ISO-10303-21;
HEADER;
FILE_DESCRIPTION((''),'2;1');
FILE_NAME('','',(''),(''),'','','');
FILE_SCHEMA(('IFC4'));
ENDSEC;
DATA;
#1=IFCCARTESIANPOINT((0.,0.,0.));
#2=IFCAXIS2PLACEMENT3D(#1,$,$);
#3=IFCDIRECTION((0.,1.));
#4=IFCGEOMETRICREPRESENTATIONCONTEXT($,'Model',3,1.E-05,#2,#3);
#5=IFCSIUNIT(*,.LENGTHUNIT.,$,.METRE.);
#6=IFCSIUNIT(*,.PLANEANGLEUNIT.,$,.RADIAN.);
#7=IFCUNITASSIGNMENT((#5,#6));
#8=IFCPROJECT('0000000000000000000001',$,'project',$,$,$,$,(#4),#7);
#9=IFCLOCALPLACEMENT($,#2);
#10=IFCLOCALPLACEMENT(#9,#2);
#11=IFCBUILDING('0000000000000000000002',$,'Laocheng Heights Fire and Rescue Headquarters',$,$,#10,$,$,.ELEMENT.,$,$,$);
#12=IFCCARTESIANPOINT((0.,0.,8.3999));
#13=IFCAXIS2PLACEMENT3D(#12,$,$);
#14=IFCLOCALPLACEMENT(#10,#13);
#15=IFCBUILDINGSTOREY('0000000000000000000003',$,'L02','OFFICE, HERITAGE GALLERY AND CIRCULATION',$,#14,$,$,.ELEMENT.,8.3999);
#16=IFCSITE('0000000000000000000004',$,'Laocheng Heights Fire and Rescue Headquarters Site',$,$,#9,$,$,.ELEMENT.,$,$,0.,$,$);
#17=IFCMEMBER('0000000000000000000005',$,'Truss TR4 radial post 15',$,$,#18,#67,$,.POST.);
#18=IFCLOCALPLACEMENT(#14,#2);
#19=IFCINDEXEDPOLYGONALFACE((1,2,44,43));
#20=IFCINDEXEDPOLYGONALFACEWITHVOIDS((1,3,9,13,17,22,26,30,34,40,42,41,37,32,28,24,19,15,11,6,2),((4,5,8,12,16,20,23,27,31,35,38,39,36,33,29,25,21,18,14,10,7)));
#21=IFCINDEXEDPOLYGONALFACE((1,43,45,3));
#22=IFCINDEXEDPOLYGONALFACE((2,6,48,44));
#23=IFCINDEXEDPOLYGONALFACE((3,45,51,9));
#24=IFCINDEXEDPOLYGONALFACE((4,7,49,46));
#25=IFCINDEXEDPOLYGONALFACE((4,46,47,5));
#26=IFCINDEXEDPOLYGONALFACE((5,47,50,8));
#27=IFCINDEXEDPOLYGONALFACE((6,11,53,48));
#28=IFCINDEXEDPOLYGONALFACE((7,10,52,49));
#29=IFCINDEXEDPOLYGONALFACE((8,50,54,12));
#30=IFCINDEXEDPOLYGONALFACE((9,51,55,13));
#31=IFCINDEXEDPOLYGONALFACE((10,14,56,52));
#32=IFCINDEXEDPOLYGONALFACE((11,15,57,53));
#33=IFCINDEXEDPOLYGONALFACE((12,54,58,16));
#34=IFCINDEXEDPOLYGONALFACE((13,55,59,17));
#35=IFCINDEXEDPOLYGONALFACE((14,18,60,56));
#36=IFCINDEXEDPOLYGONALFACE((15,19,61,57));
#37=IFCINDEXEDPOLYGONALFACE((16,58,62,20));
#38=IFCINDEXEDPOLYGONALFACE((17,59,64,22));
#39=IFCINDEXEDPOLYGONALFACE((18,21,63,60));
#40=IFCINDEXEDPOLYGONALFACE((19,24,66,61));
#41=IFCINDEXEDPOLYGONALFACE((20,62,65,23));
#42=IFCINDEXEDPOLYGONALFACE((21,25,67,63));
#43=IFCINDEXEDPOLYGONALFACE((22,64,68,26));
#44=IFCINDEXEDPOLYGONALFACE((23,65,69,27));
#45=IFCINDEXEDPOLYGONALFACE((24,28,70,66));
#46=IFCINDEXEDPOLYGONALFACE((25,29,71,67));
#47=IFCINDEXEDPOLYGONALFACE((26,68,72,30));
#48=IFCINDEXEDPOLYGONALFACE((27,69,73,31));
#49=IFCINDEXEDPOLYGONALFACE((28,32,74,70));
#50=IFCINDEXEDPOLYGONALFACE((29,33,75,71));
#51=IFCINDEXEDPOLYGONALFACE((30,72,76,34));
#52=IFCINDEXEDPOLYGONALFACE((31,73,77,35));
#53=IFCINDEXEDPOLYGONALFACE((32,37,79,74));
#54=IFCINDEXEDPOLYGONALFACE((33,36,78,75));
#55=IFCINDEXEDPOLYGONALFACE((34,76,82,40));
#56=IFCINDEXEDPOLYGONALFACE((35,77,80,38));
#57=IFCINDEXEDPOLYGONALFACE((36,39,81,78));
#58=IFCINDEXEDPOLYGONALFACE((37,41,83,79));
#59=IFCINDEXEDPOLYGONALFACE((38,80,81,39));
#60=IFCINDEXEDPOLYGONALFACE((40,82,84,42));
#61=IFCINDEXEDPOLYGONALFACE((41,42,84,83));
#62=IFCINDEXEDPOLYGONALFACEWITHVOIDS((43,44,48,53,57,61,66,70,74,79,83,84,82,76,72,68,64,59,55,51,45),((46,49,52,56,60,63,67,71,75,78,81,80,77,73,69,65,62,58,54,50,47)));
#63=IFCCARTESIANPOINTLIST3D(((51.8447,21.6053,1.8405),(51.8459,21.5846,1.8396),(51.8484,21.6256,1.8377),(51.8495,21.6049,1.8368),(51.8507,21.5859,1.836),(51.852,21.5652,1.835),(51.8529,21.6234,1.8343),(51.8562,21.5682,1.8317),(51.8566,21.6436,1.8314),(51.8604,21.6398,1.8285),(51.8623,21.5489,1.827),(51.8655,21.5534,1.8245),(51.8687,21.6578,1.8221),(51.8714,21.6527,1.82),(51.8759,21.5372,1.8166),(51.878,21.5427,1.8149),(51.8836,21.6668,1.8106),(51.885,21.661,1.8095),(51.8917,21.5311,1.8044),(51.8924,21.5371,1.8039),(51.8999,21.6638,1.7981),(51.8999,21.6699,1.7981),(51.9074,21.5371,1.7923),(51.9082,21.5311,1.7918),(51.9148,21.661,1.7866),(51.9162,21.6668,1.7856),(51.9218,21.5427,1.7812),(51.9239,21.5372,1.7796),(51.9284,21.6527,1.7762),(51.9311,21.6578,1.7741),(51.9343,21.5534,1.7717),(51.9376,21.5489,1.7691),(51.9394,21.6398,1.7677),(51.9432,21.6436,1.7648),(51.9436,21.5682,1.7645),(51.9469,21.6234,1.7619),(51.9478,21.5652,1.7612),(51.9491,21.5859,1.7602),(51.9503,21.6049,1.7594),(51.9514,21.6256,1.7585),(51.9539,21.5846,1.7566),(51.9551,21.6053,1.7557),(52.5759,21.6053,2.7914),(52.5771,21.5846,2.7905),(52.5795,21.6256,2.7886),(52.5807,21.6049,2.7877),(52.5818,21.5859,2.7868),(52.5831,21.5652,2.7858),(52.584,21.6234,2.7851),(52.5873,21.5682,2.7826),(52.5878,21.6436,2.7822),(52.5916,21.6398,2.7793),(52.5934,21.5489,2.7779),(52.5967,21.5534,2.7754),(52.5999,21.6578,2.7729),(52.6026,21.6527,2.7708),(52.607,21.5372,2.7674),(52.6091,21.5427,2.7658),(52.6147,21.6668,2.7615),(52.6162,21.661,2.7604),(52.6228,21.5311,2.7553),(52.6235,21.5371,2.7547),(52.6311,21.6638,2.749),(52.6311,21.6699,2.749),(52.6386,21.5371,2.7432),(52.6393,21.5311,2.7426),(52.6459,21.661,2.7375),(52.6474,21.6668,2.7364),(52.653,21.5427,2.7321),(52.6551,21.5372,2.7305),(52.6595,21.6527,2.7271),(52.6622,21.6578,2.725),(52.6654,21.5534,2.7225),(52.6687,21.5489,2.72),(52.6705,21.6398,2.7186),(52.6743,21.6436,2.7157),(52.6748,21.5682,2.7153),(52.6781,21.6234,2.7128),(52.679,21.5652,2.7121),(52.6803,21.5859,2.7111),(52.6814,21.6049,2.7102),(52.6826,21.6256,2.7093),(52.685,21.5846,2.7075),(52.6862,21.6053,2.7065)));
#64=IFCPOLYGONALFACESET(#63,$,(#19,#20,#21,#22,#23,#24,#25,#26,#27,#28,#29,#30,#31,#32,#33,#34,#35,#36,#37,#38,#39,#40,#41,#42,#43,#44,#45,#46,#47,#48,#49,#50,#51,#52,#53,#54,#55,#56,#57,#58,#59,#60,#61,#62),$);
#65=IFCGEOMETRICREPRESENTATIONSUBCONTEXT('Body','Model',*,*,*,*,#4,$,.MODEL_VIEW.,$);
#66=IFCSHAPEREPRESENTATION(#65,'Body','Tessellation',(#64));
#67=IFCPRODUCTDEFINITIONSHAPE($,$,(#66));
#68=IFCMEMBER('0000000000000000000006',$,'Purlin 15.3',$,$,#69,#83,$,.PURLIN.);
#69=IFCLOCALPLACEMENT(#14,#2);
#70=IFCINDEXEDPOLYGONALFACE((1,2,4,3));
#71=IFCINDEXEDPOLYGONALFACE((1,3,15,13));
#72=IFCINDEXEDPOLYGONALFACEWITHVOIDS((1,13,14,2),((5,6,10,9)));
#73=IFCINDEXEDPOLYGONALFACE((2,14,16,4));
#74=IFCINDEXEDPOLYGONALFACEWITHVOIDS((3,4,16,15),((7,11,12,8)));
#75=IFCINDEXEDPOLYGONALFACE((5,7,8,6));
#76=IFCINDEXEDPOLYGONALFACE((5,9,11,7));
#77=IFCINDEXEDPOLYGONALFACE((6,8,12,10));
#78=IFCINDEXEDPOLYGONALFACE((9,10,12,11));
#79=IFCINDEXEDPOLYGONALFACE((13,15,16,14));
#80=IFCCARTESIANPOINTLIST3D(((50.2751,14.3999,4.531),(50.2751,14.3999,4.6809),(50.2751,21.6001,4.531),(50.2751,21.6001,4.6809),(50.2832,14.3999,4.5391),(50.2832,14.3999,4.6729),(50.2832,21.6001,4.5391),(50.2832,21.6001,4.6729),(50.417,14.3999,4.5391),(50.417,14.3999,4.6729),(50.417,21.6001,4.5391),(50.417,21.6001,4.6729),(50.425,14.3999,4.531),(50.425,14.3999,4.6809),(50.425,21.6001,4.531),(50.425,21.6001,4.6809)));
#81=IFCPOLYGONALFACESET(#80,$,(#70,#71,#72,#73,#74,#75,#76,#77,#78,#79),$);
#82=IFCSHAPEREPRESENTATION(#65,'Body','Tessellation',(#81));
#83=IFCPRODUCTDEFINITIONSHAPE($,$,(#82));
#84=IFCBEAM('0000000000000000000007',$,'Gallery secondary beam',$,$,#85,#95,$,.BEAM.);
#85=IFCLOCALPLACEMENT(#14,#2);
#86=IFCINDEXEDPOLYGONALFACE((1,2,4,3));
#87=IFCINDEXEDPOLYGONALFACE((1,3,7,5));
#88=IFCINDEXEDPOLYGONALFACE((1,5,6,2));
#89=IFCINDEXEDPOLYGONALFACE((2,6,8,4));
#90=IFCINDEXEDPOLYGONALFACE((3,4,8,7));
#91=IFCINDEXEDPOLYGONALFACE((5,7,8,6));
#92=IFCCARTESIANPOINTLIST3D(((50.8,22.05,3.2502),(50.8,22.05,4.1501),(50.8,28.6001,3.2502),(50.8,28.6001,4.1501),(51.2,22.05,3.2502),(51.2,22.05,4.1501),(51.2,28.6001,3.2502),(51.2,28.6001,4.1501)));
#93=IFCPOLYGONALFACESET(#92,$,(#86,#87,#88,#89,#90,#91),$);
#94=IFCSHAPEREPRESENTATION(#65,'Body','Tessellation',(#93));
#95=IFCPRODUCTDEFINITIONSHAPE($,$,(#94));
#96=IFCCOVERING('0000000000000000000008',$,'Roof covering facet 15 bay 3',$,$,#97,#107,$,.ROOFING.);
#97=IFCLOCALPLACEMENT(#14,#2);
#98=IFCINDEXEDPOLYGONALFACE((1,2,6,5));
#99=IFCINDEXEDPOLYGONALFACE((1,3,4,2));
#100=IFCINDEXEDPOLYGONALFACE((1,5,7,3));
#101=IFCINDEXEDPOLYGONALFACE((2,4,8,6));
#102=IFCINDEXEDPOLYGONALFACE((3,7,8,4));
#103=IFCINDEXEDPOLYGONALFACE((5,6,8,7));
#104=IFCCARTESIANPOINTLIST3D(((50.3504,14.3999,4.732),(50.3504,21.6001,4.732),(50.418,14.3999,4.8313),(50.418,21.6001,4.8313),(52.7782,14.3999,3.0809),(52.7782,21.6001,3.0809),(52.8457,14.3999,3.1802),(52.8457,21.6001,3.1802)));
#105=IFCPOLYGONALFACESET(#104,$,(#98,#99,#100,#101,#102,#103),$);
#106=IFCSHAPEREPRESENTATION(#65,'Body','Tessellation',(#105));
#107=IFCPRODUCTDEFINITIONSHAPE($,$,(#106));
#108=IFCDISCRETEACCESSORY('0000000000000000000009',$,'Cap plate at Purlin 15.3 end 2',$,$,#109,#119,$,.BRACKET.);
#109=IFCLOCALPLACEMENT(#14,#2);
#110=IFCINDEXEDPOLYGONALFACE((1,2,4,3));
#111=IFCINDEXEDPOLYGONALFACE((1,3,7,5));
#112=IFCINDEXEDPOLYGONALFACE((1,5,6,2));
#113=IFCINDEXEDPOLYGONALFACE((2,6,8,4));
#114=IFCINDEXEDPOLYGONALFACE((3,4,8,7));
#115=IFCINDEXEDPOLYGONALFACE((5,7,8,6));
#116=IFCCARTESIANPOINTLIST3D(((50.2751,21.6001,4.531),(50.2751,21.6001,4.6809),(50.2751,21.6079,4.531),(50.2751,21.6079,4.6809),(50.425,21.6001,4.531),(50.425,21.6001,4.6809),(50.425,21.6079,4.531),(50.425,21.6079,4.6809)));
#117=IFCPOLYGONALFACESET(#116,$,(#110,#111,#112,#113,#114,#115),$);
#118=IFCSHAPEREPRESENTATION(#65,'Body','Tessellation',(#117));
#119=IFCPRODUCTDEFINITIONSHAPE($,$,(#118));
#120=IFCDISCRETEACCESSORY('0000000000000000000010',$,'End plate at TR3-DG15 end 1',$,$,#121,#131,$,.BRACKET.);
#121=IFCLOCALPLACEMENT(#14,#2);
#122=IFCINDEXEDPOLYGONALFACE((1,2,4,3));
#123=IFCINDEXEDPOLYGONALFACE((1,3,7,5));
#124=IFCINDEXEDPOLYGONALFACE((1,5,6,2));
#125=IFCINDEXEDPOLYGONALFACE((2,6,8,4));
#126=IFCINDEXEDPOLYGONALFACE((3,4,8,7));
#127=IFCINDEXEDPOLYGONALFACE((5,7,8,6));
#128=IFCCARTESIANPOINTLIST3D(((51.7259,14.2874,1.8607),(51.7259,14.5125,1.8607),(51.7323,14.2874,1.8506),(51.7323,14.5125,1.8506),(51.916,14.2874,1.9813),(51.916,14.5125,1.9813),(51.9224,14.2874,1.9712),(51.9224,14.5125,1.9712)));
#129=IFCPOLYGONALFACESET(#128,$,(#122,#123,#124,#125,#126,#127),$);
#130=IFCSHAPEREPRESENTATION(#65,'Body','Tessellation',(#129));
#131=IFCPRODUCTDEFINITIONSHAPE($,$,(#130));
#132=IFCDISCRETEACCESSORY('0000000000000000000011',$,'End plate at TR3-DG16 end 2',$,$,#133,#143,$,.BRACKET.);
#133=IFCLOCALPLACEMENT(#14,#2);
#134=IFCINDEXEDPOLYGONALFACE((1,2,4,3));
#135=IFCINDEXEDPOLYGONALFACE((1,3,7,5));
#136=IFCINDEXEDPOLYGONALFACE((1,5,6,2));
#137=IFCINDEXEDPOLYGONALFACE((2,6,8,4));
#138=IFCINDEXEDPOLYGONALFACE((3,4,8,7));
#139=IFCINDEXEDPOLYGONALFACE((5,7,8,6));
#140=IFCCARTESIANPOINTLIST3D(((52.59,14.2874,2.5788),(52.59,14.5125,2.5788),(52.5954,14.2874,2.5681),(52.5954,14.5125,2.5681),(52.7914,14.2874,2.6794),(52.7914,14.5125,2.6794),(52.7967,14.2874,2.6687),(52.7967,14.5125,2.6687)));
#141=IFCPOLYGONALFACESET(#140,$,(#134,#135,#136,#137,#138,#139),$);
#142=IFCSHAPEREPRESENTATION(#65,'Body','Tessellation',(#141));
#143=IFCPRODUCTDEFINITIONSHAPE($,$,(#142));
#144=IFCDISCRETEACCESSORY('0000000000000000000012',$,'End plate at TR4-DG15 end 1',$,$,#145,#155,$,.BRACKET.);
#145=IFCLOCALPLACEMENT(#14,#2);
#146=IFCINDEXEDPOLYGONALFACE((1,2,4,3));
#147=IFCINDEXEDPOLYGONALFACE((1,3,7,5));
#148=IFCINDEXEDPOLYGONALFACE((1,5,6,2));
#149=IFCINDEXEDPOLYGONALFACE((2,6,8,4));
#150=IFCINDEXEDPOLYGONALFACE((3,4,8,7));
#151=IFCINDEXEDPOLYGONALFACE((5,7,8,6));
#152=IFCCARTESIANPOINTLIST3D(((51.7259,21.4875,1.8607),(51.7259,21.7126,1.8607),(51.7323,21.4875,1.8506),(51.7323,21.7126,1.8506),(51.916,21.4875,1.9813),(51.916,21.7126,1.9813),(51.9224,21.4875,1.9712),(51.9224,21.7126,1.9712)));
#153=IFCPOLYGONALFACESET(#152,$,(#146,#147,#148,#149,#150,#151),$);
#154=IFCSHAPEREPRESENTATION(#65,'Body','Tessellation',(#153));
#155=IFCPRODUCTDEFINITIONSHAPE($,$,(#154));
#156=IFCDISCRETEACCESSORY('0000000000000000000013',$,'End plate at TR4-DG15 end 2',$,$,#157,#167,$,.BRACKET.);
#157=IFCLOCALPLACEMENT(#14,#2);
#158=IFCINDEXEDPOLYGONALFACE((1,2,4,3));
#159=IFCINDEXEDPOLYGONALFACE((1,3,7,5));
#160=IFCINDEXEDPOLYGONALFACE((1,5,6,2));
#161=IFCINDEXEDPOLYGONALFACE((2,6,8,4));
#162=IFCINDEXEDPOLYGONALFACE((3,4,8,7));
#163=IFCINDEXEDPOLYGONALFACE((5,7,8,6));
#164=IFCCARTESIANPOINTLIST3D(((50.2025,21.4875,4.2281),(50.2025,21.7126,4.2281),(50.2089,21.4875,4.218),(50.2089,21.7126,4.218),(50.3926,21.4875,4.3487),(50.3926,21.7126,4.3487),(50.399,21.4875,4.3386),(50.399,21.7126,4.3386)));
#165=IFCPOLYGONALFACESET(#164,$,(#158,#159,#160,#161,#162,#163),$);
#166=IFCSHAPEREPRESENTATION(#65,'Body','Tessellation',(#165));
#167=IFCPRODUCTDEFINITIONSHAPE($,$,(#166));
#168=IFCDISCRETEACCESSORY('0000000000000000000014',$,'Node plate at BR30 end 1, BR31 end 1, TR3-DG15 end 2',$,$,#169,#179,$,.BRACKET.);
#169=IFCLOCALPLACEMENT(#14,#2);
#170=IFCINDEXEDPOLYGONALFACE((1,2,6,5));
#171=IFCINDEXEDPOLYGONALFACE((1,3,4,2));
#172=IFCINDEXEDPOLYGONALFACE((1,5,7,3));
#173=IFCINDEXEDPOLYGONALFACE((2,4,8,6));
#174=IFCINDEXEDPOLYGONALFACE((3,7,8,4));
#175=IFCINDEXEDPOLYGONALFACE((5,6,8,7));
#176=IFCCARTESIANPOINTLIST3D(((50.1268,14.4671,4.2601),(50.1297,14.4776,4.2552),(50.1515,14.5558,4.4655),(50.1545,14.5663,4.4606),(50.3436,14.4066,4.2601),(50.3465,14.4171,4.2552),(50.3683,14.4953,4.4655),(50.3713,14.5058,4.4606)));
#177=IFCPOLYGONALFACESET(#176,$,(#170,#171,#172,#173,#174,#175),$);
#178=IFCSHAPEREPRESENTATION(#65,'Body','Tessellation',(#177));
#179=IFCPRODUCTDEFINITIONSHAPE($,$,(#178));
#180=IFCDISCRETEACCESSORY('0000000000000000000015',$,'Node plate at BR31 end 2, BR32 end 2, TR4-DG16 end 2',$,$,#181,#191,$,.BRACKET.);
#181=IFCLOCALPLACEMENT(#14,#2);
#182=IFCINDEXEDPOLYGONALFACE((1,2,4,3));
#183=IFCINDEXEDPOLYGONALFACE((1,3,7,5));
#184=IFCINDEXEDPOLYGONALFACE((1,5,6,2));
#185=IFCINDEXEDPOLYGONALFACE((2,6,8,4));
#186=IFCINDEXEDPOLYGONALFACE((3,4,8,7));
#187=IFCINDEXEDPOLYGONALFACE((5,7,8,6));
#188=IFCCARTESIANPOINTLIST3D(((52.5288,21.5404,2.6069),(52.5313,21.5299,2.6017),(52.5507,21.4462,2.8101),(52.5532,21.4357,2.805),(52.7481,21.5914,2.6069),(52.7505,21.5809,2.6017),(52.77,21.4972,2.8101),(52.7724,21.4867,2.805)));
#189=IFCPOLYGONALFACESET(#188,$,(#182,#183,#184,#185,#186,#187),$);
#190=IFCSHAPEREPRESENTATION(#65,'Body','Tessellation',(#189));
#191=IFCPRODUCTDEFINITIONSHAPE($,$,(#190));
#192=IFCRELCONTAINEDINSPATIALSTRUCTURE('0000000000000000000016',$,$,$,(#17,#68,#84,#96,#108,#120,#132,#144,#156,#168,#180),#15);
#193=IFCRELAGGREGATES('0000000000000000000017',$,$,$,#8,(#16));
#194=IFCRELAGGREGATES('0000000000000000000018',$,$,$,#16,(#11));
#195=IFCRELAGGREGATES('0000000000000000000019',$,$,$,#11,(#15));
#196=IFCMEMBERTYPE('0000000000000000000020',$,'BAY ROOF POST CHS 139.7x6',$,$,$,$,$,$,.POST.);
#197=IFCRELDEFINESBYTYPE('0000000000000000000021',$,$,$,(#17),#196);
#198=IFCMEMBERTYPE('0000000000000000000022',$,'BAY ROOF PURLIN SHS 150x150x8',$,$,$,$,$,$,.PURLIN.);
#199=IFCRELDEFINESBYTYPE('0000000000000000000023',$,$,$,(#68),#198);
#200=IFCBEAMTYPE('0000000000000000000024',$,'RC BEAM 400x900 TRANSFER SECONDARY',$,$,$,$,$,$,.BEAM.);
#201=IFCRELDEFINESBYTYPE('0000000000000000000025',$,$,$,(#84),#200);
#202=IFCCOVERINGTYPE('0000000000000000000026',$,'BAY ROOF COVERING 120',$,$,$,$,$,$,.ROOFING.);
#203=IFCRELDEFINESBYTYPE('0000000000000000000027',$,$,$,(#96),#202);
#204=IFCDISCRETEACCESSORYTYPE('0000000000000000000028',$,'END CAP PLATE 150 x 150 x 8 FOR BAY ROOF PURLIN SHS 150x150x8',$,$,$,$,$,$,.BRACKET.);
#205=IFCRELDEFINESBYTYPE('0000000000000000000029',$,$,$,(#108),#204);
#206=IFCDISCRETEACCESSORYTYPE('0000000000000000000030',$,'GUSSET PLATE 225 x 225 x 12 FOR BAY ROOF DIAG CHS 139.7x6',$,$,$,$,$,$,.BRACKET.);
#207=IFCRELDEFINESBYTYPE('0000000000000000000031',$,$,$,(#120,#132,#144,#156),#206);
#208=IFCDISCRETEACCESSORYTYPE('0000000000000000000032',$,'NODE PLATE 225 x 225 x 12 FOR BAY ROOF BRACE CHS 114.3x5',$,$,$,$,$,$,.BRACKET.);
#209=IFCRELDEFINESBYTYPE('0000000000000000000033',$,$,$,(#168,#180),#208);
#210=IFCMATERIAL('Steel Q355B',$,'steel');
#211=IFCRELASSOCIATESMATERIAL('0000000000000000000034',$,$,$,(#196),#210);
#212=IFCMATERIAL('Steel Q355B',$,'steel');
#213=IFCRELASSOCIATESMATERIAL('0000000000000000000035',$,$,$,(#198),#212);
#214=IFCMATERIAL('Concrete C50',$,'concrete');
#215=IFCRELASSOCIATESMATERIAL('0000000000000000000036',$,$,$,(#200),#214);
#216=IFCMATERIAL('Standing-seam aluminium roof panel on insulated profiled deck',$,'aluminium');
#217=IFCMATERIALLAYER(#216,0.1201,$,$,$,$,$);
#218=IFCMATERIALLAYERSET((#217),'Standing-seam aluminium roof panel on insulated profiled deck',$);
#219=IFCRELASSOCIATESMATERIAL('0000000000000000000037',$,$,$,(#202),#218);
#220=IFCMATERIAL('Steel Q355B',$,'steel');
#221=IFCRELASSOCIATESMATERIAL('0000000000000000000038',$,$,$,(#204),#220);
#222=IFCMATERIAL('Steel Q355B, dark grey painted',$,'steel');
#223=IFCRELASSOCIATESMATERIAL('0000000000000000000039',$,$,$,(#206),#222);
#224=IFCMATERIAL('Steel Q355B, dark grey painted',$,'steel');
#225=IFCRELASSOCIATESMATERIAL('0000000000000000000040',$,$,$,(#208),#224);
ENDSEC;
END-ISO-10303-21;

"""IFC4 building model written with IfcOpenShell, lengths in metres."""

from ifc_helpers import new_model, si_unit, direction, frame, origin, origin_2d, place, context, subcontext, project, spatial, polyline, rectangle, hollow_rectangle, hollow_circle, outline, extrude, material, layer, layer_set, material_profile, profile_set, type_object, element, save


model = new_model("IFC4")

# Units and contexts
model_context = context("Model", 3, precision=1e-05, world=origin(), true_north=direction((0.0, 1.0)))
body_context = subcontext(model_context, "Body", "Model", "MODEL_VIEW")
ifc_project = project(units=[si_unit("LENGTHUNIT", "METRE"), si_unit("PLANEANGLEUNIT", "RADIAN")], contexts=[model_context])

# Site, building, storey
site_placement = place(None, origin())
site = spatial("IfcSite", under=ifc_project, at=site_placement, Name="Laocheng Heights Fire and Rescue Headquarters Site", CompositionType="ELEMENT", RefElevation=0.0)
building_placement = place(site_placement, origin())
building = spatial("IfcBuilding", under=site, at=building_placement, Name="Laocheng Heights Fire and Rescue Headquarters", CompositionType="ELEMENT")
storey_placement = place(building_placement, frame((0.0, 0.0, 8.3999)))
storey = spatial("IfcBuildingStorey", under=building, at=storey_placement, Name="L02", Description="OFFICE, HERITAGE GALLERY AND CIRCULATION", CompositionType="ELEMENT", Elevation=8.3999)

# Members
ifc_material_1 = material(Name="Steel Q355B", Category="steel")
ifc_material_profile_1 = material_profile(ifc_material_1, hollow_circle(Radius=0.0698, WallThickness=0.0061, at=origin_2d()), Name="CHS 139.7x6")
ifc_profile_set_1 = profile_set([ifc_material_profile_1], Name="Steel Q355B")
member_type_1 = type_object("IfcMemberType", Name="BAY ROOF POST CHS 139.7x6", PredefinedType="POST", material=ifc_profile_set_1)
member_1_placement = place(storey_placement, frame((51.8999, 21.6001, 1.7981), z_axis=(0.609563, 0.0, 0.792737), x_axis=(0.0, 1.0, 0.0)))
element("IfcMember", 1, at=member_1_placement, inside=storey, type_object=member_type_1, Name="Truss TR4 radial post 15", PredefinedType="POST", context=body_context, shape_type="SweptSolid", body=[
    extrude(hollow_circle(Radius=0.0698, WallThickness=0.0061, at=origin_2d()), origin(), (0.0, 0.0, 1.0), 1.1995),
])
ifc_material_2 = material(Name="Steel Q355B", Category="steel")
ifc_material_profile_2 = material_profile(ifc_material_2, hollow_rectangle(XDim=0.1499, YDim=0.1499, WallThickness=0.0081, at=origin_2d()), Name="SHS 150x150x8")
ifc_profile_set_2 = profile_set([ifc_material_profile_2], Name="Steel Q355B")
member_type_2 = type_object("IfcMemberType", Name="BAY ROOF PURLIN SHS 150x150x8", PredefinedType="PURLIN", material=ifc_profile_set_2)
member_2_placement = place(storey_placement, frame((50.3501, 14.3999, 4.606), z_axis=(0.0, 1.0, 0.0), x_axis=(-1.0, 0.0, 0.0)))
element("IfcMember", 2, at=member_2_placement, inside=storey, type_object=member_type_2, Name="Purlin 15.3", PredefinedType="PURLIN", context=body_context, shape_type="SweptSolid", body=[
    extrude(hollow_rectangle(XDim=0.1499, YDim=0.1499, WallThickness=0.0081, at=origin_2d()), origin(), (0.0, 0.0, 1.0), 7.2002),
])

# Beam
ifc_material_3 = material(Name="Concrete C50", Category="concrete")
ifc_material_profile_3 = material_profile(ifc_material_3, rectangle(XDim=0.3999, YDim=0.8999, at=origin_2d()), Name="RC BEAM 400x900 TRANSFER SECONDARY")
ifc_profile_set_3 = profile_set([ifc_material_profile_3], Name="Concrete C50")
beam_type = type_object("IfcBeamType", Name="RC BEAM 400x900 TRANSFER SECONDARY", PredefinedType="BEAM", material=ifc_profile_set_3)
beam_placement = place(storey_placement, frame((51.0, 22.05, 3.7002), z_axis=(0.0, 1.0, 0.0), x_axis=(-1.0, 0.0, 0.0)))
element("IfcBeam", 3, at=beam_placement, inside=storey, type_object=beam_type, Name="Gallery secondary beam", PredefinedType="BEAM", context=body_context, shape_type="SweptSolid", body=[
    extrude(rectangle(XDim=0.3999, YDim=0.8999, at=origin_2d()), origin(), (0.0, 0.0, 1.0), 6.55),
])

# Covering
ifc_material_4 = material(Name="Standing-seam aluminium roof panel on insulated profiled deck", Category="aluminium")
ifc_layer = layer(ifc_material_4, 0.1201)
ifc_layer_set = layer_set([ifc_layer], Name="Standing-seam aluminium roof panel on insulated profiled deck")
covering_type = type_object("IfcCoveringType", Name="BAY ROOF COVERING 120", PredefinedType="ROOFING", material=ifc_layer_set)
covering_placement = place(storey_placement, frame((50.418, 14.3999, 4.8313), z_axis=(0.562371, 0.0, 0.826885), x_axis=(0.826885, 0.0, -0.562371)))
element("IfcCovering", 4, at=covering_placement, inside=storey, type_object=covering_type, Name="Roof covering facet 15 bay 3", PredefinedType="ROOFING", context=body_context, shape_type="SweptSolid", body=[
    extrude(outline(polyline([(0.0, 0.0), (2.936, 0.0), (2.936, 7.2002), (0.0, 7.2002), (0.0, 0.0)])), origin(), (0.0, 0.0, -1.0), 0.1201),
])

# Discrete accessories
ifc_material_5 = material(Name="Steel Q355B", Category="steel")
ifc_material_profile_4 = material_profile(ifc_material_5, rectangle(XDim=0.1499, YDim=0.1499, at=origin_2d()), Name="END CAP PLATE 150 x 150 x 8 FOR BAY ROOF PURLIN SHS 150x150x8")
ifc_profile_set_4 = profile_set([ifc_material_profile_4], Name="Steel Q355B")
discrete_accessory_type_1 = type_object("IfcDiscreteAccessoryType", Name="END CAP PLATE 150 x 150 x 8 FOR BAY ROOF PURLIN SHS 150x150x8", PredefinedType="BRACKET", material=ifc_profile_set_4)
discrete_accessory_placement = place(storey_placement, frame((50.3501, 21.6001, 4.606), z_axis=(0.0, 1.0, 0.0), x_axis=(-1.0, 0.0, 0.0)))
element("IfcDiscreteAccessory", 5, at=discrete_accessory_placement, inside=storey, type_object=discrete_accessory_type_1, Name="Cap plate at Purlin 15.3 end 2", PredefinedType="BRACKET", context=body_context, shape_type="SweptSolid", body=[
    extrude(rectangle(XDim=0.1499, YDim=0.1499, at=origin_2d()), origin(), (0.0, 0.0, 1.0), 0.0078),
])
ifc_material_6 = material(Name="Steel Q355B, dark grey painted", Category="steel")
ifc_material_profile_5 = material_profile(ifc_material_6, rectangle(XDim=0.2251, YDim=0.2251, at=origin_2d()), Name="GUSSET PLATE 225 x 225 x 12 FOR BAY ROOF DIAG CHS 139.7x6")
ifc_profile_set_5 = profile_set([ifc_material_profile_5], Name="Steel Q355B, dark grey painted")
discrete_accessory_type_2 = type_object("IfcDiscreteAccessoryType", Name="GUSSET PLATE 225 x 225 x 12 FOR BAY ROOF DIAG CHS 139.7x6", PredefinedType="BRACKET", material=ifc_profile_set_5)
for number, where, z_axis, x_axis, name in (
    (6, (51.8274, 14.3999, 1.9109), (-0.535542, 0.0, 0.844509), (0.0, -1.0, 0.0), "End plate at TR3-DG15 end 1"),
    (7, (52.696, 14.3999, 2.6184), (-0.447214, 0.0, 0.894427), (0.0, -1.0, 0.0), "End plate at TR3-DG16 end 2"),
    (8, (51.8274, 21.6001, 1.9109), (-0.535542, 0.0, 0.844509), (0.0, -1.0, 0.0), "End plate at TR4-DG15 end 1"),
    (9, (50.304, 21.6001, 4.2783), (-0.535542, 0.0, 0.844509), (0.0, -1.0, 0.0), "End plate at TR4-DG15 end 2"),
):
    element("IfcDiscreteAccessory", number, at=place(storey_placement, frame(where, z_axis=z_axis, x_axis=x_axis)), inside=storey, type_object=discrete_accessory_type_2, Name=name, PredefinedType="BRACKET", context=body_context, shape_type="SweptSolid", body=[
        extrude(rectangle(XDim=0.2251, YDim=0.2251, at=origin_2d()), origin(), (0.0, 0.0, 1.0), 0.012),
    ])
ifc_material_7 = material(Name="Steel Q355B, dark grey painted", Category="steel")
ifc_material_profile_6 = material_profile(ifc_material_7, rectangle(XDim=0.2251, YDim=0.2251, at=origin_2d()), Name="NODE PLATE 225 x 225 x 12 FOR BAY ROOF BRACE CHS 114.3x5")
ifc_profile_set_6 = profile_set([ifc_material_profile_6], Name="Steel Q355B, dark grey painted")
discrete_accessory_type_3 = type_object("IfcDiscreteAccessoryType", Name="NODE PLATE 225 x 225 x 12 FOR BAY ROOF BRACE CHS 114.3x5", PredefinedType="BRACKET", material=ifc_profile_set_6)
for number, where, z_axis, x_axis, name in (
    (10, (50.2476, 14.4812, 4.3628), (0.245307, 0.879017, -0.408845), (-0.963196, 0.268799, 0.0), "Node plate at BR30 end 1, BR31 end 1, TR3-DG15 end 2"),
    (11, (52.6494, 21.5188, 2.7085), (0.204551, -0.879568, -0.429557), (0.974008, 0.226513, 0.0), "Node plate at BR31 end 2, BR32 end 2, TR4-DG16 end 2"),
):
    element("IfcDiscreteAccessory", number, at=place(storey_placement, frame(where, z_axis=z_axis, x_axis=x_axis)), inside=storey, type_object=discrete_accessory_type_3, Name=name, PredefinedType="BRACKET", context=body_context, shape_type="SweptSolid", body=[
        extrude(rectangle(XDim=0.2251, YDim=0.2251, at=origin_2d()), origin(), (0.0, 0.0, 1.0), 0.012),
    ])

save(model, "model.ifc")
